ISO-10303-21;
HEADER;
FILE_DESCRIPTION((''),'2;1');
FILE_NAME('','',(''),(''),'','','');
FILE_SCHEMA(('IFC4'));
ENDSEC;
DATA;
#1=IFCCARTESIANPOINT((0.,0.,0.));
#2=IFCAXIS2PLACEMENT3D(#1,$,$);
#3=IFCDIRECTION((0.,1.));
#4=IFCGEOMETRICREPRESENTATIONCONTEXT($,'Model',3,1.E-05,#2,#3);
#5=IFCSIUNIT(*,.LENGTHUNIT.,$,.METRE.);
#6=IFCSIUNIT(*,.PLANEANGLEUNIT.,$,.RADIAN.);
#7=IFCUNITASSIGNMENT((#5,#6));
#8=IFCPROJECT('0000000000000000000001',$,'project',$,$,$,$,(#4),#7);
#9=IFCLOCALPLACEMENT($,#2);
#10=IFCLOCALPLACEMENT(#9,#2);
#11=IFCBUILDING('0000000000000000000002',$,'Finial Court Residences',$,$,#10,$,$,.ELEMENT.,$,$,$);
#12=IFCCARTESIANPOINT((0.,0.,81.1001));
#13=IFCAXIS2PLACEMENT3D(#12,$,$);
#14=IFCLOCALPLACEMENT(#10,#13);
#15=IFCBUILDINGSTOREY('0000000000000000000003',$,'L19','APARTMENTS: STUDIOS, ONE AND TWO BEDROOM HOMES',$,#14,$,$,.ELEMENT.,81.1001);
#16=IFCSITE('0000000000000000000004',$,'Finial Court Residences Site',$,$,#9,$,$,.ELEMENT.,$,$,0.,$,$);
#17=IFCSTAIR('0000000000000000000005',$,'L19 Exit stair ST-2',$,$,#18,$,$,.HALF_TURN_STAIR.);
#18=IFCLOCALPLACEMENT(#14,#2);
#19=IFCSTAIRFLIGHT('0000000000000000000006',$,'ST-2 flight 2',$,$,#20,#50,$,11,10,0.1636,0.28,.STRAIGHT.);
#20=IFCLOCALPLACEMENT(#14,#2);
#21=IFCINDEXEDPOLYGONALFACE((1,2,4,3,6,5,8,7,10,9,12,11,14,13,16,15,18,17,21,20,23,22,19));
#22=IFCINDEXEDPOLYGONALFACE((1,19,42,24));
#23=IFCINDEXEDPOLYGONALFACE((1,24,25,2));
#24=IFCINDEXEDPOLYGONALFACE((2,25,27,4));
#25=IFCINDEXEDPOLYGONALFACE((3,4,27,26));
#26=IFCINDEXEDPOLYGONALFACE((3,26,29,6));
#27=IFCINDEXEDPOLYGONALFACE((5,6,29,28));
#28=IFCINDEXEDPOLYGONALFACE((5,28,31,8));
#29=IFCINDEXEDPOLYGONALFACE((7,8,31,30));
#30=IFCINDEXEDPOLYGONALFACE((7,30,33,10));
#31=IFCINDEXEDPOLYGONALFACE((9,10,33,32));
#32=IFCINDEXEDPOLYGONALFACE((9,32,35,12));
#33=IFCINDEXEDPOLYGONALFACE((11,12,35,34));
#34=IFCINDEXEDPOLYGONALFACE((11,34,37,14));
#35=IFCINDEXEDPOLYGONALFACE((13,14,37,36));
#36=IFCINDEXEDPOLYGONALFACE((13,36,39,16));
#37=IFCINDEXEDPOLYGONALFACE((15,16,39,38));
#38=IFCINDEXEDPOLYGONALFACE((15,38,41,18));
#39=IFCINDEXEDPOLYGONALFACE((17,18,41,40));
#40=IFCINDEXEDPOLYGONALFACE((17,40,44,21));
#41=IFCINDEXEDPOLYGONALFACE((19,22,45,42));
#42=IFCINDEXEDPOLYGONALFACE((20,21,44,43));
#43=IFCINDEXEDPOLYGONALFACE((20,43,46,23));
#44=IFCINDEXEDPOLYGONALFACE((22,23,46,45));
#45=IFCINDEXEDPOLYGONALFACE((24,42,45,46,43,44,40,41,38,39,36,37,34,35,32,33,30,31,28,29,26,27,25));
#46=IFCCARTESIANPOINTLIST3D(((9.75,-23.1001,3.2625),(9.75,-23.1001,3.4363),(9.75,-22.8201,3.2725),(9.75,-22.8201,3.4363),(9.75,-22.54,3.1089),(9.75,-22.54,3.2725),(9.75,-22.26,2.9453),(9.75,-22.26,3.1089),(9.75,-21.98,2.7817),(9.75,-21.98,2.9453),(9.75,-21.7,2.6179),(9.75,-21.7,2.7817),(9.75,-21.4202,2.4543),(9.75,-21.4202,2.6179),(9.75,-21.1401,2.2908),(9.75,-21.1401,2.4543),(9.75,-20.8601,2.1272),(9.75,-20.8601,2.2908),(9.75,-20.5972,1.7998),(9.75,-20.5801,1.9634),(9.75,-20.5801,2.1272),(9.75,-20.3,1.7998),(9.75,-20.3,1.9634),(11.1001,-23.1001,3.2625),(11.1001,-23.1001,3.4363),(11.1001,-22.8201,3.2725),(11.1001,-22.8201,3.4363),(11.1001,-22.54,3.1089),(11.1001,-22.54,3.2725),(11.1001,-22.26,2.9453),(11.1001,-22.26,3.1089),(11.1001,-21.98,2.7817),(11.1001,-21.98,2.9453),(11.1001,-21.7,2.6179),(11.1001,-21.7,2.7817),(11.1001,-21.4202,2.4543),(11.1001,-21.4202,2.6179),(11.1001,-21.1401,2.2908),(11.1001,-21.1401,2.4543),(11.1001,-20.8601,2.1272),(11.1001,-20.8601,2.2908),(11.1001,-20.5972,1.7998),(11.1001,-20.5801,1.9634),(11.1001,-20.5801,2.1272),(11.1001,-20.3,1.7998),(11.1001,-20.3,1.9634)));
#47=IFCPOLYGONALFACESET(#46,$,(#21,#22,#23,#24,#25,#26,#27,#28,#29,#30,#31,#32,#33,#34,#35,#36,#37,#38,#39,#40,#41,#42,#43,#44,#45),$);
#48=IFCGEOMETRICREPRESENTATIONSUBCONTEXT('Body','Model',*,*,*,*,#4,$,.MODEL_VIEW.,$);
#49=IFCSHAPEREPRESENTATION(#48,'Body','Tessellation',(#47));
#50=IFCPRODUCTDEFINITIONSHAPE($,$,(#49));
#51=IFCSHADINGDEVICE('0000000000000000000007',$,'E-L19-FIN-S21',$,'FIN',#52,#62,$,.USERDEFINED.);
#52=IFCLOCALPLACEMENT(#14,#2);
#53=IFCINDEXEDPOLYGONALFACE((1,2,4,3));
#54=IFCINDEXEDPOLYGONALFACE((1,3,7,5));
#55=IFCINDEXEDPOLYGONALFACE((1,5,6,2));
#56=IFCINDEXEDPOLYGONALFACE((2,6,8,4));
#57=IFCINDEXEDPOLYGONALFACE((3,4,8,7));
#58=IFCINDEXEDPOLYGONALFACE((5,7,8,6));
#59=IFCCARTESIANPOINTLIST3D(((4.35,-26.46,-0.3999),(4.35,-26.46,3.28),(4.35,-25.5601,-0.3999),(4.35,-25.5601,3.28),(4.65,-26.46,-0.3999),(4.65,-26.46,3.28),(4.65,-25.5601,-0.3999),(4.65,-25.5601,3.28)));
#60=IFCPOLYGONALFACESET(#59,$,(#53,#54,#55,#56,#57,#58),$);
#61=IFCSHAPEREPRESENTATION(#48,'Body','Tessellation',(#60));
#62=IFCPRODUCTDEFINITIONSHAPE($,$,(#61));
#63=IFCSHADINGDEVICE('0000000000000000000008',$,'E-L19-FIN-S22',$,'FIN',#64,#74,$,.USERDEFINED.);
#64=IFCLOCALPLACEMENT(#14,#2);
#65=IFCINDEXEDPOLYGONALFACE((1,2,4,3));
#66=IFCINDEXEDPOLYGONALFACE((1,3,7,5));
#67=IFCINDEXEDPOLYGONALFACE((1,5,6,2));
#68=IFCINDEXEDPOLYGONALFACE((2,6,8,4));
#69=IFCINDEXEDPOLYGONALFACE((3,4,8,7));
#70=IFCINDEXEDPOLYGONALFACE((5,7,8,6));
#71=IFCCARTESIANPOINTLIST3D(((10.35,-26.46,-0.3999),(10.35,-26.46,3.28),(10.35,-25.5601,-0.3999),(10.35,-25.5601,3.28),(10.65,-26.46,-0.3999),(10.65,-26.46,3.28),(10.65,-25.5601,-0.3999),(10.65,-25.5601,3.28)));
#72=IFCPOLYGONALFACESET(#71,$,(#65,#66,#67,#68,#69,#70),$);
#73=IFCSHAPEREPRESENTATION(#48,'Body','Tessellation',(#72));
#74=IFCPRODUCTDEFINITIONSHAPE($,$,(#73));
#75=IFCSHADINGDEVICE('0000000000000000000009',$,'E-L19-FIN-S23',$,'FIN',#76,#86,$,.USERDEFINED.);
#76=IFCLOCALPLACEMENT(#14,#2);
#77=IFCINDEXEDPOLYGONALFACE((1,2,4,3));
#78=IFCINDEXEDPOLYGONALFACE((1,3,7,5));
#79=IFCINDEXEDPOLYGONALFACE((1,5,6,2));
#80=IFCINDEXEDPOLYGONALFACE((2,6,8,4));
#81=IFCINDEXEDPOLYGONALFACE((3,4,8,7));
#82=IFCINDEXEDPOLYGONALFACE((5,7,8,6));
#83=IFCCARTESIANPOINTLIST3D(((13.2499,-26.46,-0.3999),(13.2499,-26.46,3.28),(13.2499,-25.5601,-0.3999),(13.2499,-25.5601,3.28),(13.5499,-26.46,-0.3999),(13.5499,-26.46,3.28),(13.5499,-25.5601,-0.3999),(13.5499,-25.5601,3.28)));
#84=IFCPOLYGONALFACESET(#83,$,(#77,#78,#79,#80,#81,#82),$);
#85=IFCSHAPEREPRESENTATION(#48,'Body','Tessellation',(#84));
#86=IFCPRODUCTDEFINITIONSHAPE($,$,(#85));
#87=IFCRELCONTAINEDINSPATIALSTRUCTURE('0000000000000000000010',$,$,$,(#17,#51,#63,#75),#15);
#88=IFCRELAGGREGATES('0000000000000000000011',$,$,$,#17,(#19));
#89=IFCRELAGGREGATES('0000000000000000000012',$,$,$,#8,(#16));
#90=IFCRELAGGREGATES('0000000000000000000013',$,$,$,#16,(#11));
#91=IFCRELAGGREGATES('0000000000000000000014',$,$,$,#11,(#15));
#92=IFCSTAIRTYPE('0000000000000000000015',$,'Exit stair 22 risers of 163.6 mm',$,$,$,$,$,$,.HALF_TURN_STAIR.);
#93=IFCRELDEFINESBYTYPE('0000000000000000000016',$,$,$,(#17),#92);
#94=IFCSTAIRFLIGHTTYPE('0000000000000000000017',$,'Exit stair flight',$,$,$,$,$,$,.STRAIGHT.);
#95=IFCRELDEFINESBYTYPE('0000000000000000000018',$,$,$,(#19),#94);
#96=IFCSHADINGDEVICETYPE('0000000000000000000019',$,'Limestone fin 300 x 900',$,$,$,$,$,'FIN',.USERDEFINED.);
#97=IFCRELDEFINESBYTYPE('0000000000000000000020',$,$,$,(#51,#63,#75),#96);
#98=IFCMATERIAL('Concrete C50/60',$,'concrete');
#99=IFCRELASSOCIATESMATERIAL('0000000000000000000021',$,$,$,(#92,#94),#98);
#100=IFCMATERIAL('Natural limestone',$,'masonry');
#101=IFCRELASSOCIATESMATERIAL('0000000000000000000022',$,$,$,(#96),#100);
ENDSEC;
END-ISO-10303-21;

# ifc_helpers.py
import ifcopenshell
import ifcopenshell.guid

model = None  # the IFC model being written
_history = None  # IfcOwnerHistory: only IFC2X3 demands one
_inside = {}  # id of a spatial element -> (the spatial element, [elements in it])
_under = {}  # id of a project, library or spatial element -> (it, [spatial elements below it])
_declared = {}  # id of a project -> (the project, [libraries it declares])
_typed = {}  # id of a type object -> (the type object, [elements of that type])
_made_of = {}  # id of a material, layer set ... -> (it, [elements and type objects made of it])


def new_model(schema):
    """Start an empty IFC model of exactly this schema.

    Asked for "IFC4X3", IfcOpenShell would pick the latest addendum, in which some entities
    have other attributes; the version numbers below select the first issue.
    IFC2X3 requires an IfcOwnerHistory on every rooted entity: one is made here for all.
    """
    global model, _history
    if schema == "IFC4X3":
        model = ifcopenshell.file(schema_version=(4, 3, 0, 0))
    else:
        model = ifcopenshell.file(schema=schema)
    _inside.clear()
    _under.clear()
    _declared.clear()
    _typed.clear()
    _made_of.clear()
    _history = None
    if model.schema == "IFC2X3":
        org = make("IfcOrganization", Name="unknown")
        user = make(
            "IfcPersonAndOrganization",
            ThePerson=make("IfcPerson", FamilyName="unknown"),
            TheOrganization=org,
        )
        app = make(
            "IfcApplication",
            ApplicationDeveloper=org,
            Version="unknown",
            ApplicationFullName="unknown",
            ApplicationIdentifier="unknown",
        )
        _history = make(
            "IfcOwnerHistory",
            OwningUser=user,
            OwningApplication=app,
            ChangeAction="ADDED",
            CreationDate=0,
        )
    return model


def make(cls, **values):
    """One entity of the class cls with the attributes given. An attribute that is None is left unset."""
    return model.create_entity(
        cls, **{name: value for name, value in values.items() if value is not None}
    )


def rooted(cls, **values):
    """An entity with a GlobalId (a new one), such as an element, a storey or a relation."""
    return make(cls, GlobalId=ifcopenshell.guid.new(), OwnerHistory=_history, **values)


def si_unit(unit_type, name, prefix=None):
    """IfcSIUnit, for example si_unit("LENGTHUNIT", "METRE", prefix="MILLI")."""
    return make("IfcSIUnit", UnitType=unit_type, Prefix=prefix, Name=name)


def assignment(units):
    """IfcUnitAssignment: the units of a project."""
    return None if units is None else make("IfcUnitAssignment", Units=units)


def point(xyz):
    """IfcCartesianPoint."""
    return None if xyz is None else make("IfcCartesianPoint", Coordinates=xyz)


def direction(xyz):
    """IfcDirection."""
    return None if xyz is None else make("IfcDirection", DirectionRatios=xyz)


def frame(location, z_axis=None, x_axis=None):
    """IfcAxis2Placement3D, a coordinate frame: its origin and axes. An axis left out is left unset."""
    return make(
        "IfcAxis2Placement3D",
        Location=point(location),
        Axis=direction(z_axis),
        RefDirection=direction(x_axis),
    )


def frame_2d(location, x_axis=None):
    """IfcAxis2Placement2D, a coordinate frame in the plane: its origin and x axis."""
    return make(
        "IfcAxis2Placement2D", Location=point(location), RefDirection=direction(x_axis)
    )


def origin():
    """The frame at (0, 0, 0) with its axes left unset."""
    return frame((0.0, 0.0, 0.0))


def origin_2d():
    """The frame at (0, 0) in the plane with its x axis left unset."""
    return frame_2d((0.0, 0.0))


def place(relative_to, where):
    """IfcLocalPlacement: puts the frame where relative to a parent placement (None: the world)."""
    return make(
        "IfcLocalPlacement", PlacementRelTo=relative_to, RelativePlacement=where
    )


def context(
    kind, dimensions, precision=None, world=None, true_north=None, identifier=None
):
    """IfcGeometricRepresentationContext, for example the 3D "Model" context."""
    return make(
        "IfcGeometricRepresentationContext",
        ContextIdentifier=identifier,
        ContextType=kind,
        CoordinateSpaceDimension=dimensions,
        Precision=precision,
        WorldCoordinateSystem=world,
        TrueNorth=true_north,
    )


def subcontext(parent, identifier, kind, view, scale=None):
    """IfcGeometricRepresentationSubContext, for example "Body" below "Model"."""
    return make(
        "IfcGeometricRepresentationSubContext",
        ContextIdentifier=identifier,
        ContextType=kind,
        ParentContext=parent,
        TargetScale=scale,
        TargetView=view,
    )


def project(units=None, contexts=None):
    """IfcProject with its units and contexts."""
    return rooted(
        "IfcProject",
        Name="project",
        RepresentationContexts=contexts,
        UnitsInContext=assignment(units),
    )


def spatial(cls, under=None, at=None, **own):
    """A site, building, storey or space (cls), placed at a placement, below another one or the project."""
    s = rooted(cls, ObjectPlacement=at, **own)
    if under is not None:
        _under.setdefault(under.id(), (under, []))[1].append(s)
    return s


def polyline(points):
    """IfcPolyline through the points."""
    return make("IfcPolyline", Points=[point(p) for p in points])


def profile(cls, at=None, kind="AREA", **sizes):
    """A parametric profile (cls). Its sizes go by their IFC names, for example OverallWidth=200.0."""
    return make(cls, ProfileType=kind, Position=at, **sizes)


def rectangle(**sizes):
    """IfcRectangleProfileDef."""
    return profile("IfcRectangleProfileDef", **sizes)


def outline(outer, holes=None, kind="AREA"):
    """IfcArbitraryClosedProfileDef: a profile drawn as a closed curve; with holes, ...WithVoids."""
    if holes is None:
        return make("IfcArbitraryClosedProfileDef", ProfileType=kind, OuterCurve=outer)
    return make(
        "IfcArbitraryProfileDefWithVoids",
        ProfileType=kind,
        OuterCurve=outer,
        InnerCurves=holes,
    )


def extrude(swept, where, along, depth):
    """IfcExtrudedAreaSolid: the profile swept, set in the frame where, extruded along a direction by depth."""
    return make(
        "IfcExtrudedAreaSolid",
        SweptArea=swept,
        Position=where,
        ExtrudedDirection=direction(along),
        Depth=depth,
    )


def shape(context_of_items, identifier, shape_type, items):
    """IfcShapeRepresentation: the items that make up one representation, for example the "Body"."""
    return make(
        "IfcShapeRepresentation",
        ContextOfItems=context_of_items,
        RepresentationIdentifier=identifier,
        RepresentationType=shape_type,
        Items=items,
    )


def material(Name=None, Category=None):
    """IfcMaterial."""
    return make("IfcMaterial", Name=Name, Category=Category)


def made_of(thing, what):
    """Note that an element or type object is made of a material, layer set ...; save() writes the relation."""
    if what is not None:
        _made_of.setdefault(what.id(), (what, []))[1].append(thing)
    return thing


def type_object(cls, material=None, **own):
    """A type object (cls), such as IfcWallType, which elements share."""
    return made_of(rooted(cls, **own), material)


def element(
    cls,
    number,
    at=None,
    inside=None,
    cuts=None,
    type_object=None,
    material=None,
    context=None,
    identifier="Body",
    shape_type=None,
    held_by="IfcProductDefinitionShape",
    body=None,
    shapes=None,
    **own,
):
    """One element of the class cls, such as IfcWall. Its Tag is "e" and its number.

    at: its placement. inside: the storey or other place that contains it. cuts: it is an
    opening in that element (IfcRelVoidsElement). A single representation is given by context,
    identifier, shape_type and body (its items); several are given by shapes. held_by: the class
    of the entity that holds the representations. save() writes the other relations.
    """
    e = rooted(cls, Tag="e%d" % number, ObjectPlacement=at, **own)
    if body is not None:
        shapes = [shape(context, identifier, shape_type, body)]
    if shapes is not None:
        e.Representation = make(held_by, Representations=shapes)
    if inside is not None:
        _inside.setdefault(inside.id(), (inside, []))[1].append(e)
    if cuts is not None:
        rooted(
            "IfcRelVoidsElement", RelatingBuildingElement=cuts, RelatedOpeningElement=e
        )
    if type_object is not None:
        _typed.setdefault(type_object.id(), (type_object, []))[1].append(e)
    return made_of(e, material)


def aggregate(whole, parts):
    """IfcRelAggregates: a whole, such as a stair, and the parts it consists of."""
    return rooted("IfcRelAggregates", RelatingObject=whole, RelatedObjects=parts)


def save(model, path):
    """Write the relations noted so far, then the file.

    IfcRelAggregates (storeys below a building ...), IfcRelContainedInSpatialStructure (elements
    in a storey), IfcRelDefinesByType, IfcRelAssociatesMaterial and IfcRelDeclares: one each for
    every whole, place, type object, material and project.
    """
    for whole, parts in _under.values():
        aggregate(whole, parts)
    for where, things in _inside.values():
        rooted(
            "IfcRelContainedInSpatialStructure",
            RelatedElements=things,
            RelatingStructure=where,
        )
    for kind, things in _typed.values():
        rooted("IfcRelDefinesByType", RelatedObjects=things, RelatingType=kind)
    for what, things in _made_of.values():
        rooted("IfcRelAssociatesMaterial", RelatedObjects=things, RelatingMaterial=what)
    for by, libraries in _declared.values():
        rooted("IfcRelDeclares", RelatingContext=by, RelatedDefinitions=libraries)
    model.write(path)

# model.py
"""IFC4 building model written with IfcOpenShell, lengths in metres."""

from ifc_helpers import new_model, si_unit, direction, frame, origin, origin_2d, place, context, subcontext, project, spatial, polyline, rectangle, outline, extrude, material, type_object, element, aggregate, save


model = new_model("IFC4")

# Units and contexts
model_context = context("Model", 3, precision=1e-05, world=origin(), true_north=direction((0.0, 1.0)))
body_context = subcontext(model_context, "Body", "Model", "MODEL_VIEW")
ifc_project = project(units=[si_unit("LENGTHUNIT", "METRE"), si_unit("PLANEANGLEUNIT", "RADIAN")], contexts=[model_context])

# Site, building, storey
site_placement = place(None, origin())
site = spatial("IfcSite", under=ifc_project, at=site_placement, Name="Finial Court Residences Site", CompositionType="ELEMENT", RefElevation=0.0)
building_placement = place(site_placement, origin())
building = spatial("IfcBuilding", under=site, at=building_placement, Name="Finial Court Residences", CompositionType="ELEMENT")
storey_placement = place(building_placement, frame((0.0, 0.0, 81.1001)))
storey = spatial("IfcBuildingStorey", under=building, at=storey_placement, Name="L19", Description="APARTMENTS: STUDIOS, ONE AND TWO BEDROOM HOMES", CompositionType="ELEMENT", Elevation=81.1001)

# Stair, stair flight
ifc_material_1 = material(Name="Concrete C50/60", Category="concrete")
stair_type = type_object("IfcStairType", Name="Exit stair 22 risers of 163.6 mm", PredefinedType="HALF_TURN_STAIR", material=ifc_material_1)
stair_placement = place(storey_placement, origin())
stair = element("IfcStair", 1, at=stair_placement, inside=storey, type_object=stair_type, Name="L19 Exit stair ST-2", PredefinedType="HALF_TURN_STAIR")
stair_flight_type = type_object("IfcStairFlightType", Name="Exit stair flight", PredefinedType="STRAIGHT", material=ifc_material_1)
stair_flight_1_placement = place(storey_placement, frame((10.425, -20.3, 1.7998), z_axis=(0.0, 0.0, 1.0), x_axis=(0.0, -1.0, 0.0)))
stair_flight_1 = element("IfcStairFlight", 2, at=stair_flight_1_placement, type_object=stair_flight_type, Name="ST-2 flight 2", NumberOfRisers=11, NumberOfTreads=10, PredefinedType="STRAIGHT", RiserHeight=0.1636, TreadLength=0.28, context=body_context, shape_type="SweptSolid", body=[
    extrude(outline(polyline([(0.0, 0.0), (0.0, 0.1636), (0.28, 0.1636), (0.28, 0.3274), (0.5601, 0.3274), (0.5601, 0.491), (0.8401, 0.491), (0.8401, 0.6545), (1.1201, 0.6545), (1.1201, 0.8181), (1.3999, 0.8181), (1.3999, 0.9819), (1.6799, 0.9819), (1.6799, 1.1455), (1.96, 1.1455), (1.96, 1.3091), (2.24, 1.3091), (2.24, 1.4727), (2.52, 1.4727), (2.52, 1.6365), (2.8, 1.6365), (2.8, 1.8), (2.8, 1.4626), (0.2971, 0.0), (0.0, 0.0)])), frame((0.0, 0.675, 0.0), z_axis=(0.0, -1.0, 0.0), x_axis=(1.0, 0.0, 0.0)), (0.0, 0.0, 1.0), 1.3501),
])
aggregate(stair, [stair_flight_1])

# Shading devices
ifc_material_2 = material(Name="Natural limestone", Category="masonry")
shading_device_type = type_object("IfcShadingDeviceType", Name="Limestone fin 300 x 900", ElementType="FIN", PredefinedType="USERDEFINED", material=ifc_material_2)
for number, where, z_axis, x_axis, name in (
    (3, (4.5, -26.01, -0.3999), (0.0, 0.0, 1.0), (1.0, 0.0, 0.0), "E-L19-FIN-S21"),
    (4, (10.5, -26.01, -0.3999), (0.0, 0.0, 1.0), (1.0, 0.0, 0.0), "E-L19-FIN-S22"),
    (5, (13.3999, -26.01, -0.3999), (0.0, 0.0, 1.0), (1.0, 0.0, 0.0), "E-L19-FIN-S23"),
):
    element("IfcShadingDevice", number, at=place(storey_placement, frame(where, z_axis=z_axis, x_axis=x_axis)), inside=storey, type_object=shading_device_type, Name=name, ObjectType="FIN", PredefinedType="USERDEFINED", context=body_context, shape_type="SweptSolid", body=[
        extrude(rectangle(XDim=0.3, YDim=0.8999, at=origin_2d()), origin(), (0.0, 0.0, 1.0), 3.6799),
    ])

save(model, "model.ifc")
